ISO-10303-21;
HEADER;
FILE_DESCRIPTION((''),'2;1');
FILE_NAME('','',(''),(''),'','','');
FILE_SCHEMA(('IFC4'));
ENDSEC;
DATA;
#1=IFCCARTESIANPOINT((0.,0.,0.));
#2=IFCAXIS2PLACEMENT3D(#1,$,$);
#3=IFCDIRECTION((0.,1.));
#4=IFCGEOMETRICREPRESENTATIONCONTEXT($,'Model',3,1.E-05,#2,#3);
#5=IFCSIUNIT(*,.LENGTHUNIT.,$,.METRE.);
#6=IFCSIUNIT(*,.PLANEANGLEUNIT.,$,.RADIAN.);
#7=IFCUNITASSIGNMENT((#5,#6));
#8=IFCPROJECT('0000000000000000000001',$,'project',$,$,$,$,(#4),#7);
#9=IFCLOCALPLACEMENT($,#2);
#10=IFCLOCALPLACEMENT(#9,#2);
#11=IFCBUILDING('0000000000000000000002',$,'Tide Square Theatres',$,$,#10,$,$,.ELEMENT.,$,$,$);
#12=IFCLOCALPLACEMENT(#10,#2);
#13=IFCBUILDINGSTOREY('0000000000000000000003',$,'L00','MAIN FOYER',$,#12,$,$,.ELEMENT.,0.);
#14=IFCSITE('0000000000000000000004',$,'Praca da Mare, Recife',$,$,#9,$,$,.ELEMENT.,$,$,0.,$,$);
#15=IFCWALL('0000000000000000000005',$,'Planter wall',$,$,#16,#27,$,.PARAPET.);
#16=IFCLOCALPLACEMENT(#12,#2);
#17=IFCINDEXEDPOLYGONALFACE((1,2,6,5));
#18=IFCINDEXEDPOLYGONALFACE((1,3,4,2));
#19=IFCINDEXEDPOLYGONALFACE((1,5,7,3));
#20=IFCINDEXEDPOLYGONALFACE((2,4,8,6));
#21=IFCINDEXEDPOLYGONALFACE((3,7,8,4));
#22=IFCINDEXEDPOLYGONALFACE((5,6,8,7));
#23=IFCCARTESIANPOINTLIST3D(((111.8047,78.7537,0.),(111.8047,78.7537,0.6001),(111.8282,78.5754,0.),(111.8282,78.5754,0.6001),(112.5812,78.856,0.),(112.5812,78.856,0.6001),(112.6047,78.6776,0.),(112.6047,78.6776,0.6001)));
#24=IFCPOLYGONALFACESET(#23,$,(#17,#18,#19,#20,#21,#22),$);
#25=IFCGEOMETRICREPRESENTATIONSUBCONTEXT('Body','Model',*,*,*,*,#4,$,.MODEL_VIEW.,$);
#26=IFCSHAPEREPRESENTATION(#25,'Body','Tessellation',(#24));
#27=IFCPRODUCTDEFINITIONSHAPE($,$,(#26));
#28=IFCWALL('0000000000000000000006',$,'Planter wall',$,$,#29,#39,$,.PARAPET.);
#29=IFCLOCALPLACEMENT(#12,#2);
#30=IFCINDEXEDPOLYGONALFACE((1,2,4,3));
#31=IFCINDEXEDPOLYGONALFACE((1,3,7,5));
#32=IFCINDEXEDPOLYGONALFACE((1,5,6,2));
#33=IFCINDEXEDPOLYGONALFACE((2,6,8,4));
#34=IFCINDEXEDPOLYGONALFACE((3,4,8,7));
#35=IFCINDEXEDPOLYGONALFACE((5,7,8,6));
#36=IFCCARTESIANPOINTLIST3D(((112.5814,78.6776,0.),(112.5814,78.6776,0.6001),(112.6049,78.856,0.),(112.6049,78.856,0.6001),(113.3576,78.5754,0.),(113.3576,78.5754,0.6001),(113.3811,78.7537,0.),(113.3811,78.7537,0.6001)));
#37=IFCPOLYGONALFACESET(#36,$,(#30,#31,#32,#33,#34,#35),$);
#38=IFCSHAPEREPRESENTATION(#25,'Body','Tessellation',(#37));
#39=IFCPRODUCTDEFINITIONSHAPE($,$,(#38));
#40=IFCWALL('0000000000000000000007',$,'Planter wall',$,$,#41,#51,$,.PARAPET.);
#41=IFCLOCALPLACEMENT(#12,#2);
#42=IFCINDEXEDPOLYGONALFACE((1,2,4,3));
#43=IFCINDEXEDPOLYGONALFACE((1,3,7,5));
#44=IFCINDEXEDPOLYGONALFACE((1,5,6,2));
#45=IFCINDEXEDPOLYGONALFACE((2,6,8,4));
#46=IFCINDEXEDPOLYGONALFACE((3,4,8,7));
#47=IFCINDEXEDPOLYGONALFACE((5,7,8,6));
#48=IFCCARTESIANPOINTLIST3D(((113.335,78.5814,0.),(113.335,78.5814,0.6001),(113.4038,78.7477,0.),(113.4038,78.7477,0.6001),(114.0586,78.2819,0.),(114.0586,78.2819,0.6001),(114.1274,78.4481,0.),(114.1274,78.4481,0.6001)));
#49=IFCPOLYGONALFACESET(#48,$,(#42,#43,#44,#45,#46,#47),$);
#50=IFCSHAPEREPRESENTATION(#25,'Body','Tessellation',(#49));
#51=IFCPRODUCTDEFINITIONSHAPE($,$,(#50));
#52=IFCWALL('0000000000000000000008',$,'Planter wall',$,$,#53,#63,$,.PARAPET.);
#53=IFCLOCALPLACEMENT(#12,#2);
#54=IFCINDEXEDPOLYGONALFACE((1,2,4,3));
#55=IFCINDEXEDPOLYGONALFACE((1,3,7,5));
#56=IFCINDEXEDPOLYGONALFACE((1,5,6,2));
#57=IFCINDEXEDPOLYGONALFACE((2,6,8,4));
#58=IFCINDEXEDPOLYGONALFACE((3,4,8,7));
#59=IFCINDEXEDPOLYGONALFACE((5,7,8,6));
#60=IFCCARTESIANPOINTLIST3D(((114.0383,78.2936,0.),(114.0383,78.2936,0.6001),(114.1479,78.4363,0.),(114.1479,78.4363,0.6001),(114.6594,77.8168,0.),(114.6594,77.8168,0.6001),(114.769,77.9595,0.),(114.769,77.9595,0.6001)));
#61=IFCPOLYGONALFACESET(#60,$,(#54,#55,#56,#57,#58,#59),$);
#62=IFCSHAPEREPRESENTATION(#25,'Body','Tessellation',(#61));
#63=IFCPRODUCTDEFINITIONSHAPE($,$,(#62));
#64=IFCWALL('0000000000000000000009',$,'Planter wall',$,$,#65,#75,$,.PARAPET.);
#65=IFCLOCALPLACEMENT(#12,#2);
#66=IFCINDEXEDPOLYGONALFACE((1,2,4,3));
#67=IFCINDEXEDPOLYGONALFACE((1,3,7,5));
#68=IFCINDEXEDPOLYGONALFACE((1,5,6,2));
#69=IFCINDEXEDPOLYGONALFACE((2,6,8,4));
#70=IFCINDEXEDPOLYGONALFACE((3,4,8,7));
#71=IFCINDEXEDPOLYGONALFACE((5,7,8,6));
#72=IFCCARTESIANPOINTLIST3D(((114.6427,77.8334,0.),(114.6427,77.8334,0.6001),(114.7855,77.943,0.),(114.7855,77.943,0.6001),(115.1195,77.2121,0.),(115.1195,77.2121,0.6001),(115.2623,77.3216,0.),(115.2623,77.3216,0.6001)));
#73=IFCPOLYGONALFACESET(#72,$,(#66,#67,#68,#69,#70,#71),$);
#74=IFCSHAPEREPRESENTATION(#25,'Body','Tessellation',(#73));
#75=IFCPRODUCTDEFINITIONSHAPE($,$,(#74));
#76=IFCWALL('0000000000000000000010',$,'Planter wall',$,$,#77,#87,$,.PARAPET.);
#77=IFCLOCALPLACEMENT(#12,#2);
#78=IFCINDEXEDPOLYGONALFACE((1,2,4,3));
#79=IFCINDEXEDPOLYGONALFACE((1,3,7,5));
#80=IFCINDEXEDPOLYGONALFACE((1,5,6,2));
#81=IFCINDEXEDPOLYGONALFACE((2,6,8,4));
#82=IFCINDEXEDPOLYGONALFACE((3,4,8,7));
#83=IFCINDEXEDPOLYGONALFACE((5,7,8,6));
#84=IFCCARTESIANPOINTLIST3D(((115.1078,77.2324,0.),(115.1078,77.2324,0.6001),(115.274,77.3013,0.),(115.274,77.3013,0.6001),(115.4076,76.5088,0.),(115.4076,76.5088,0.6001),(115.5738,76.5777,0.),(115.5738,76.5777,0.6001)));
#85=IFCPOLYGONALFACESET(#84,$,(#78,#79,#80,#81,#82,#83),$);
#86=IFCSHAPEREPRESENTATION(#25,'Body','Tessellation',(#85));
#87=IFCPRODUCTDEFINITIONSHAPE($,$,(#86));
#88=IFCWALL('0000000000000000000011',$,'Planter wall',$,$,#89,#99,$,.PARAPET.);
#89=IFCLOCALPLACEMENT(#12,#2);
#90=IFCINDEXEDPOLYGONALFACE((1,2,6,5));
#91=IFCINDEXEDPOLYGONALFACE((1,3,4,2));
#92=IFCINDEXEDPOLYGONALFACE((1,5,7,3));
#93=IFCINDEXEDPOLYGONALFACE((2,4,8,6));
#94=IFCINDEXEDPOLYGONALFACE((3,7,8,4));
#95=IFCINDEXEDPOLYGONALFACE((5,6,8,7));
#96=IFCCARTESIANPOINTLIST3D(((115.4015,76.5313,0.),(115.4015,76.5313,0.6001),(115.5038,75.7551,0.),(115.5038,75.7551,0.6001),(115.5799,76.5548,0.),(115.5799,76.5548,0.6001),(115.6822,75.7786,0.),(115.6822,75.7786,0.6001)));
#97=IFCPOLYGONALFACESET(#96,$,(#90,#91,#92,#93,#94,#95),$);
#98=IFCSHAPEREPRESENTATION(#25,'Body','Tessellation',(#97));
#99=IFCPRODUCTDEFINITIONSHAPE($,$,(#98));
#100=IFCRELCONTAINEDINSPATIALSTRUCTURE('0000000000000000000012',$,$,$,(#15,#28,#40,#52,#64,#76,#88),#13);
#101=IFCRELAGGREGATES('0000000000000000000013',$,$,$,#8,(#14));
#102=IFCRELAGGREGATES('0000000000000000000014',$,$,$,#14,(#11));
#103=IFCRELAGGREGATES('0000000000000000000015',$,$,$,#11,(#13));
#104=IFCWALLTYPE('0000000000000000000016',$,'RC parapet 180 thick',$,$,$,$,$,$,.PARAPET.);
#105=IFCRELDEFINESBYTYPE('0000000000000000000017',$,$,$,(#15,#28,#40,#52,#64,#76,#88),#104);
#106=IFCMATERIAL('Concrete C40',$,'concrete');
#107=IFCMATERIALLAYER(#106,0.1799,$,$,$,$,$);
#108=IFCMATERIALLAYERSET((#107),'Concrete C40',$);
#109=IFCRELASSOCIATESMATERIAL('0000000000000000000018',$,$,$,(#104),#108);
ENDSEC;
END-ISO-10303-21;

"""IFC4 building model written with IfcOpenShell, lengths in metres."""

from ifc_helpers import new_model, si_unit, direction, frame, frame_2d, origin, place, context, subcontext, project, spatial, rectangle, extrude, material, layer, layer_set, type_object, element, save


model = new_model("IFC4")

# Units and contexts
model_context = context("Model", 3, precision=1e-05, world=origin(), true_north=direction((0.0, 1.0)))
body_context = subcontext(model_context, "Body", "Model", "MODEL_VIEW")
ifc_project = project(units=[si_unit("LENGTHUNIT", "METRE"), si_unit("PLANEANGLEUNIT", "RADIAN")], contexts=[model_context])

# Site, building, storey
site_placement = place(None, origin())
site = spatial("IfcSite", under=ifc_project, at=site_placement, Name="Praca da Mare, Recife", CompositionType="ELEMENT", RefElevation=0.0)
building_placement = place(site_placement, origin())
building = spatial("IfcBuilding", under=site, at=building_placement, Name="Tide Square Theatres", CompositionType="ELEMENT")
storey_placement = place(building_placement, origin())
storey = spatial("IfcBuildingStorey", under=building, at=storey_placement, Name="L00", Description="MAIN FOYER", CompositionType="ELEMENT", Elevation=0.0)

# Walls
ifc_material_1 = material(Name="Concrete C40", Category="concrete")
ifc_layer_1 = layer(ifc_material_1, 0.1799)
ifc_layer_set_1 = layer_set([ifc_layer_1], Name="Concrete C40")
wall_type_1 = type_object("IfcWallType", Name="RC parapet 180 thick", PredefinedType="PARAPET", material=ifc_layer_set_1)
wall_1_placement = place(storey_placement, frame((111.8164, 78.6646, 0.0), z_axis=(0.0, 0.0, 1.0), x_axis=(0.991436, 0.130592, 0.0)))
element("IfcWall", 1, at=wall_1_placement, inside=storey, type_object=wall_type_1, Name="Planter wall", PredefinedType="PARAPET", context=body_context, shape_type="SweptSolid", body=[
    extrude(rectangle(XDim=0.7832, YDim=0.1799, at=frame_2d((0.3916, 0.0))), origin(), (0.0, 0.0, 1.0), 0.6001),
])
wall_2_placement = place(storey_placement, frame((112.593, 78.7668, 0.0), z_axis=(0.0, 0.0, 1.0), x_axis=(0.991431, -0.130632, 0.0)))
element("IfcWall", 2, at=wall_2_placement, inside=storey, type_object=wall_type_1, Name="Planter wall", PredefinedType="PARAPET", context=body_context, shape_type="SweptSolid", body=[
    extrude(rectangle(XDim=0.783, YDim=0.1799, at=frame_2d((0.3916, 0.0))), origin(), (0.0, 0.0, 1.0), 0.6001),
])
wall_3_placement = place(storey_placement, frame((113.3694, 78.6646, 0.0), z_axis=(0.0, 0.0, 1.0), x_axis=(0.92396, -0.382489, 0.0)))
element("IfcWall", 3, at=wall_3_placement, inside=storey, type_object=wall_type_1, Name="Planter wall", PredefinedType="PARAPET", context=body_context, shape_type="SweptSolid", body=[
    extrude(rectangle(XDim=0.7832, YDim=0.1799, at=frame_2d((0.3916, 0.0))), origin(), (0.0, 0.0, 1.0), 0.6001),
])
wall_4_placement = place(storey_placement, frame((114.093, 78.365, 0.0), z_axis=(0.0, 0.0, 1.0), x_axis=(0.793215, -0.608942, 0.0)))
element("IfcWall", 4, at=wall_4_placement, inside=storey, type_object=wall_type_1, Name="Planter wall", PredefinedType="PARAPET", context=body_context, shape_type="SweptSolid", body=[
    extrude(rectangle(XDim=0.783, YDim=0.1799, at=frame_2d((0.3916, 0.0))), origin(), (0.0, 0.0, 1.0), 0.6001),
])
for number, where, z_axis, x_axis, name in (
    (5, (114.7141, 77.8882, 0.0), (0.0, 0.0, 1.0), (0.608791, -0.79333, 0.0), "Planter wall"),
    (6, (115.1909, 77.2668, 0.0), (0.0, 0.0, 1.0), (0.382756, -0.92385, 0.0), "Planter wall"),
):
    element("IfcWall", number, at=place(storey_placement, frame(where, z_axis=z_axis, x_axis=x_axis)), inside=storey, type_object=wall_type_1, Name=name, PredefinedType="PARAPET", context=body_context, shape_type="SweptSolid", body=[
        extrude(rectangle(XDim=0.7832, YDim=0.1799, at=frame_2d((0.3916, 0.0))), origin(), (0.0, 0.0, 1.0), 0.6001),
    ])
wall_5_placement = place(storey_placement, frame((115.4907, 76.5432, 0.0), z_axis=(0.0, 0.0, 1.0), x_axis=(0.130632, -0.991431, 0.0)))
element("IfcWall", 7, at=wall_5_placement, inside=storey, type_object=wall_type_1, Name="Planter wall", PredefinedType="PARAPET", context=body_context, shape_type="SweptSolid", body=[
    extrude(rectangle(XDim=0.783, YDim=0.1799, at=frame_2d((0.3916, 0.0))), origin(), (0.0, 0.0, 1.0), 0.6001),
])

save(model, "model.ifc")
